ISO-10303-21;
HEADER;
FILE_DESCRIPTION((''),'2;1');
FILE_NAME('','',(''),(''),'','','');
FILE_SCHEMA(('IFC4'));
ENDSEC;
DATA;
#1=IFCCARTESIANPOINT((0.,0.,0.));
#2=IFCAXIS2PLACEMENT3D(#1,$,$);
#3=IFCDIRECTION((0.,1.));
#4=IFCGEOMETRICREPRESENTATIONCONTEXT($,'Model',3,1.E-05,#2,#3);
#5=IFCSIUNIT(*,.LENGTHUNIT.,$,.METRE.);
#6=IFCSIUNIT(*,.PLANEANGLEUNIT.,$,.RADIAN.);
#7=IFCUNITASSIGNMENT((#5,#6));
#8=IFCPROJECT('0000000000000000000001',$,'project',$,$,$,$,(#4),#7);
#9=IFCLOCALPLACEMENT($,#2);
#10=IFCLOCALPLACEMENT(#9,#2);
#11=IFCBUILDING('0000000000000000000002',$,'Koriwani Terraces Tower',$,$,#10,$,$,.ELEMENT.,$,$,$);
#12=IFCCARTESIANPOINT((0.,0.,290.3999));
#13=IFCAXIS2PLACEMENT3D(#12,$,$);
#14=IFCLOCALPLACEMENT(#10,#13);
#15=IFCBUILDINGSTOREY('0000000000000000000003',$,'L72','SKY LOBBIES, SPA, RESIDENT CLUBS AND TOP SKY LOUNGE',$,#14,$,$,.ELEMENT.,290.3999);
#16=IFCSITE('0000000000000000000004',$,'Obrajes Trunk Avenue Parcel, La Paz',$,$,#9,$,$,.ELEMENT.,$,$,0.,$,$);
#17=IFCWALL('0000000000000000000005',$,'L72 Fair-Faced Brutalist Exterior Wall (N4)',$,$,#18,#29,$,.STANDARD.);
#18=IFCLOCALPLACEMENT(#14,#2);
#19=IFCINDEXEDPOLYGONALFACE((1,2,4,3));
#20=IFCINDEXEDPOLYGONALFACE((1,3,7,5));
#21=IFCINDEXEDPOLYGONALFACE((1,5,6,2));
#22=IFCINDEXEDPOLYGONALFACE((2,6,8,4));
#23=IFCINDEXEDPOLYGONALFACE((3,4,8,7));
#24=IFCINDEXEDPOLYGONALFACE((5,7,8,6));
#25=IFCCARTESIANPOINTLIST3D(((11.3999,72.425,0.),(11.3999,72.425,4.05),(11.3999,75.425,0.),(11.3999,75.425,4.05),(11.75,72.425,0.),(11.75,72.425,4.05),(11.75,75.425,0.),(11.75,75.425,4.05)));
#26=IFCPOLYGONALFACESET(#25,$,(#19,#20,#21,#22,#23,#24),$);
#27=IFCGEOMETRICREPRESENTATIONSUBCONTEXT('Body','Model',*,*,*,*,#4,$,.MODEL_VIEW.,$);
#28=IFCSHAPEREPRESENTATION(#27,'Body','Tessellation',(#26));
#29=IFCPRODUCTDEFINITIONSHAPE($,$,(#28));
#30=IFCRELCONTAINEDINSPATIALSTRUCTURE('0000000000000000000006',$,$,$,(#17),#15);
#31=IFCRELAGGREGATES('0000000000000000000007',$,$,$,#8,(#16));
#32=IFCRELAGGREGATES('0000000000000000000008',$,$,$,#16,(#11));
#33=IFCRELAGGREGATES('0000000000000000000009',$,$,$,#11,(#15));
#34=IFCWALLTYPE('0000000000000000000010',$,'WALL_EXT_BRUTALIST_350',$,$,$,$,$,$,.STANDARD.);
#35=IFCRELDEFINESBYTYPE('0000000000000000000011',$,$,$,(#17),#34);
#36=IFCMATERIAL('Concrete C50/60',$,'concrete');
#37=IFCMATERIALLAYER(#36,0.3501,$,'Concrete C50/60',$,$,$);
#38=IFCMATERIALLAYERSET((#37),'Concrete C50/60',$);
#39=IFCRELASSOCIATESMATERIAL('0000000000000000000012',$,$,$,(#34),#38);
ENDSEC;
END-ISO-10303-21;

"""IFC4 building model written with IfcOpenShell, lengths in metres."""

from ifc_helpers import new_model, si_unit, direction, frame, frame_2d, origin, place, context, subcontext, project, spatial, rectangle, extrude, material, layer, layer_set, type_object, element, save


model = new_model("IFC4")

# Units and contexts
model_context = context("Model", 3, precision=1e-05, world=origin(), true_north=direction((0.0, 1.0)))
body_context = subcontext(model_context, "Body", "Model", "MODEL_VIEW")
ifc_project = project(units=[si_unit("LENGTHUNIT", "METRE"), si_unit("PLANEANGLEUNIT", "RADIAN")], contexts=[model_context])

# Site, building, storey
site_placement = place(None, origin())
site = spatial("IfcSite", under=ifc_project, at=site_placement, Name="Obrajes Trunk Avenue Parcel, La Paz", CompositionType="ELEMENT", RefElevation=0.0)
building_placement = place(site_placement, origin())
building = spatial("IfcBuilding", under=site, at=building_placement, Name="Koriwani Terraces Tower", CompositionType="ELEMENT")
storey_placement = place(building_placement, frame((0.0, 0.0, 290.3999)))
storey = spatial("IfcBuildingStorey", under=building, at=storey_placement, Name="L72", Description="SKY LOBBIES, SPA, RESIDENT CLUBS AND TOP SKY LOUNGE", CompositionType="ELEMENT", Elevation=290.3999)

# Shared definitions
ifc_material_1 = material(Name="Concrete C50/60", Category="concrete")

# Wall
ifc_layer_1 = layer(ifc_material_1, 0.3501, Name="Concrete C50/60")
ifc_layer_set_1 = layer_set([ifc_layer_1], Name="Concrete C50/60")
wall_type_1 = type_object("IfcWallType", Name="WALL_EXT_BRUTALIST_350", PredefinedType="STANDARD", material=ifc_layer_set_1)
for number, where, z_axis, x_axis, name in (
    (1, (11.575, 72.425, 0.0), (0.0, 0.0, 1.0), (0.0, 1.0, 0.0), "L72 Fair-Faced Brutalist Exterior Wall (N4)"),
):
    element("IfcWall", number, at=place(storey_placement, frame(where, z_axis=z_axis, x_axis=x_axis)), inside=storey, type_object=wall_type_1, Name=name, PredefinedType="STANDARD", context=body_context, shape_type="SweptSolid", body=[
        extrude(rectangle(XDim=3.0, YDim=0.3501, at=frame_2d((1.5, 0.0))), origin(), (0.0, 0.0, 1.0), 4.05),
    ])

save(model, "model.ifc")
